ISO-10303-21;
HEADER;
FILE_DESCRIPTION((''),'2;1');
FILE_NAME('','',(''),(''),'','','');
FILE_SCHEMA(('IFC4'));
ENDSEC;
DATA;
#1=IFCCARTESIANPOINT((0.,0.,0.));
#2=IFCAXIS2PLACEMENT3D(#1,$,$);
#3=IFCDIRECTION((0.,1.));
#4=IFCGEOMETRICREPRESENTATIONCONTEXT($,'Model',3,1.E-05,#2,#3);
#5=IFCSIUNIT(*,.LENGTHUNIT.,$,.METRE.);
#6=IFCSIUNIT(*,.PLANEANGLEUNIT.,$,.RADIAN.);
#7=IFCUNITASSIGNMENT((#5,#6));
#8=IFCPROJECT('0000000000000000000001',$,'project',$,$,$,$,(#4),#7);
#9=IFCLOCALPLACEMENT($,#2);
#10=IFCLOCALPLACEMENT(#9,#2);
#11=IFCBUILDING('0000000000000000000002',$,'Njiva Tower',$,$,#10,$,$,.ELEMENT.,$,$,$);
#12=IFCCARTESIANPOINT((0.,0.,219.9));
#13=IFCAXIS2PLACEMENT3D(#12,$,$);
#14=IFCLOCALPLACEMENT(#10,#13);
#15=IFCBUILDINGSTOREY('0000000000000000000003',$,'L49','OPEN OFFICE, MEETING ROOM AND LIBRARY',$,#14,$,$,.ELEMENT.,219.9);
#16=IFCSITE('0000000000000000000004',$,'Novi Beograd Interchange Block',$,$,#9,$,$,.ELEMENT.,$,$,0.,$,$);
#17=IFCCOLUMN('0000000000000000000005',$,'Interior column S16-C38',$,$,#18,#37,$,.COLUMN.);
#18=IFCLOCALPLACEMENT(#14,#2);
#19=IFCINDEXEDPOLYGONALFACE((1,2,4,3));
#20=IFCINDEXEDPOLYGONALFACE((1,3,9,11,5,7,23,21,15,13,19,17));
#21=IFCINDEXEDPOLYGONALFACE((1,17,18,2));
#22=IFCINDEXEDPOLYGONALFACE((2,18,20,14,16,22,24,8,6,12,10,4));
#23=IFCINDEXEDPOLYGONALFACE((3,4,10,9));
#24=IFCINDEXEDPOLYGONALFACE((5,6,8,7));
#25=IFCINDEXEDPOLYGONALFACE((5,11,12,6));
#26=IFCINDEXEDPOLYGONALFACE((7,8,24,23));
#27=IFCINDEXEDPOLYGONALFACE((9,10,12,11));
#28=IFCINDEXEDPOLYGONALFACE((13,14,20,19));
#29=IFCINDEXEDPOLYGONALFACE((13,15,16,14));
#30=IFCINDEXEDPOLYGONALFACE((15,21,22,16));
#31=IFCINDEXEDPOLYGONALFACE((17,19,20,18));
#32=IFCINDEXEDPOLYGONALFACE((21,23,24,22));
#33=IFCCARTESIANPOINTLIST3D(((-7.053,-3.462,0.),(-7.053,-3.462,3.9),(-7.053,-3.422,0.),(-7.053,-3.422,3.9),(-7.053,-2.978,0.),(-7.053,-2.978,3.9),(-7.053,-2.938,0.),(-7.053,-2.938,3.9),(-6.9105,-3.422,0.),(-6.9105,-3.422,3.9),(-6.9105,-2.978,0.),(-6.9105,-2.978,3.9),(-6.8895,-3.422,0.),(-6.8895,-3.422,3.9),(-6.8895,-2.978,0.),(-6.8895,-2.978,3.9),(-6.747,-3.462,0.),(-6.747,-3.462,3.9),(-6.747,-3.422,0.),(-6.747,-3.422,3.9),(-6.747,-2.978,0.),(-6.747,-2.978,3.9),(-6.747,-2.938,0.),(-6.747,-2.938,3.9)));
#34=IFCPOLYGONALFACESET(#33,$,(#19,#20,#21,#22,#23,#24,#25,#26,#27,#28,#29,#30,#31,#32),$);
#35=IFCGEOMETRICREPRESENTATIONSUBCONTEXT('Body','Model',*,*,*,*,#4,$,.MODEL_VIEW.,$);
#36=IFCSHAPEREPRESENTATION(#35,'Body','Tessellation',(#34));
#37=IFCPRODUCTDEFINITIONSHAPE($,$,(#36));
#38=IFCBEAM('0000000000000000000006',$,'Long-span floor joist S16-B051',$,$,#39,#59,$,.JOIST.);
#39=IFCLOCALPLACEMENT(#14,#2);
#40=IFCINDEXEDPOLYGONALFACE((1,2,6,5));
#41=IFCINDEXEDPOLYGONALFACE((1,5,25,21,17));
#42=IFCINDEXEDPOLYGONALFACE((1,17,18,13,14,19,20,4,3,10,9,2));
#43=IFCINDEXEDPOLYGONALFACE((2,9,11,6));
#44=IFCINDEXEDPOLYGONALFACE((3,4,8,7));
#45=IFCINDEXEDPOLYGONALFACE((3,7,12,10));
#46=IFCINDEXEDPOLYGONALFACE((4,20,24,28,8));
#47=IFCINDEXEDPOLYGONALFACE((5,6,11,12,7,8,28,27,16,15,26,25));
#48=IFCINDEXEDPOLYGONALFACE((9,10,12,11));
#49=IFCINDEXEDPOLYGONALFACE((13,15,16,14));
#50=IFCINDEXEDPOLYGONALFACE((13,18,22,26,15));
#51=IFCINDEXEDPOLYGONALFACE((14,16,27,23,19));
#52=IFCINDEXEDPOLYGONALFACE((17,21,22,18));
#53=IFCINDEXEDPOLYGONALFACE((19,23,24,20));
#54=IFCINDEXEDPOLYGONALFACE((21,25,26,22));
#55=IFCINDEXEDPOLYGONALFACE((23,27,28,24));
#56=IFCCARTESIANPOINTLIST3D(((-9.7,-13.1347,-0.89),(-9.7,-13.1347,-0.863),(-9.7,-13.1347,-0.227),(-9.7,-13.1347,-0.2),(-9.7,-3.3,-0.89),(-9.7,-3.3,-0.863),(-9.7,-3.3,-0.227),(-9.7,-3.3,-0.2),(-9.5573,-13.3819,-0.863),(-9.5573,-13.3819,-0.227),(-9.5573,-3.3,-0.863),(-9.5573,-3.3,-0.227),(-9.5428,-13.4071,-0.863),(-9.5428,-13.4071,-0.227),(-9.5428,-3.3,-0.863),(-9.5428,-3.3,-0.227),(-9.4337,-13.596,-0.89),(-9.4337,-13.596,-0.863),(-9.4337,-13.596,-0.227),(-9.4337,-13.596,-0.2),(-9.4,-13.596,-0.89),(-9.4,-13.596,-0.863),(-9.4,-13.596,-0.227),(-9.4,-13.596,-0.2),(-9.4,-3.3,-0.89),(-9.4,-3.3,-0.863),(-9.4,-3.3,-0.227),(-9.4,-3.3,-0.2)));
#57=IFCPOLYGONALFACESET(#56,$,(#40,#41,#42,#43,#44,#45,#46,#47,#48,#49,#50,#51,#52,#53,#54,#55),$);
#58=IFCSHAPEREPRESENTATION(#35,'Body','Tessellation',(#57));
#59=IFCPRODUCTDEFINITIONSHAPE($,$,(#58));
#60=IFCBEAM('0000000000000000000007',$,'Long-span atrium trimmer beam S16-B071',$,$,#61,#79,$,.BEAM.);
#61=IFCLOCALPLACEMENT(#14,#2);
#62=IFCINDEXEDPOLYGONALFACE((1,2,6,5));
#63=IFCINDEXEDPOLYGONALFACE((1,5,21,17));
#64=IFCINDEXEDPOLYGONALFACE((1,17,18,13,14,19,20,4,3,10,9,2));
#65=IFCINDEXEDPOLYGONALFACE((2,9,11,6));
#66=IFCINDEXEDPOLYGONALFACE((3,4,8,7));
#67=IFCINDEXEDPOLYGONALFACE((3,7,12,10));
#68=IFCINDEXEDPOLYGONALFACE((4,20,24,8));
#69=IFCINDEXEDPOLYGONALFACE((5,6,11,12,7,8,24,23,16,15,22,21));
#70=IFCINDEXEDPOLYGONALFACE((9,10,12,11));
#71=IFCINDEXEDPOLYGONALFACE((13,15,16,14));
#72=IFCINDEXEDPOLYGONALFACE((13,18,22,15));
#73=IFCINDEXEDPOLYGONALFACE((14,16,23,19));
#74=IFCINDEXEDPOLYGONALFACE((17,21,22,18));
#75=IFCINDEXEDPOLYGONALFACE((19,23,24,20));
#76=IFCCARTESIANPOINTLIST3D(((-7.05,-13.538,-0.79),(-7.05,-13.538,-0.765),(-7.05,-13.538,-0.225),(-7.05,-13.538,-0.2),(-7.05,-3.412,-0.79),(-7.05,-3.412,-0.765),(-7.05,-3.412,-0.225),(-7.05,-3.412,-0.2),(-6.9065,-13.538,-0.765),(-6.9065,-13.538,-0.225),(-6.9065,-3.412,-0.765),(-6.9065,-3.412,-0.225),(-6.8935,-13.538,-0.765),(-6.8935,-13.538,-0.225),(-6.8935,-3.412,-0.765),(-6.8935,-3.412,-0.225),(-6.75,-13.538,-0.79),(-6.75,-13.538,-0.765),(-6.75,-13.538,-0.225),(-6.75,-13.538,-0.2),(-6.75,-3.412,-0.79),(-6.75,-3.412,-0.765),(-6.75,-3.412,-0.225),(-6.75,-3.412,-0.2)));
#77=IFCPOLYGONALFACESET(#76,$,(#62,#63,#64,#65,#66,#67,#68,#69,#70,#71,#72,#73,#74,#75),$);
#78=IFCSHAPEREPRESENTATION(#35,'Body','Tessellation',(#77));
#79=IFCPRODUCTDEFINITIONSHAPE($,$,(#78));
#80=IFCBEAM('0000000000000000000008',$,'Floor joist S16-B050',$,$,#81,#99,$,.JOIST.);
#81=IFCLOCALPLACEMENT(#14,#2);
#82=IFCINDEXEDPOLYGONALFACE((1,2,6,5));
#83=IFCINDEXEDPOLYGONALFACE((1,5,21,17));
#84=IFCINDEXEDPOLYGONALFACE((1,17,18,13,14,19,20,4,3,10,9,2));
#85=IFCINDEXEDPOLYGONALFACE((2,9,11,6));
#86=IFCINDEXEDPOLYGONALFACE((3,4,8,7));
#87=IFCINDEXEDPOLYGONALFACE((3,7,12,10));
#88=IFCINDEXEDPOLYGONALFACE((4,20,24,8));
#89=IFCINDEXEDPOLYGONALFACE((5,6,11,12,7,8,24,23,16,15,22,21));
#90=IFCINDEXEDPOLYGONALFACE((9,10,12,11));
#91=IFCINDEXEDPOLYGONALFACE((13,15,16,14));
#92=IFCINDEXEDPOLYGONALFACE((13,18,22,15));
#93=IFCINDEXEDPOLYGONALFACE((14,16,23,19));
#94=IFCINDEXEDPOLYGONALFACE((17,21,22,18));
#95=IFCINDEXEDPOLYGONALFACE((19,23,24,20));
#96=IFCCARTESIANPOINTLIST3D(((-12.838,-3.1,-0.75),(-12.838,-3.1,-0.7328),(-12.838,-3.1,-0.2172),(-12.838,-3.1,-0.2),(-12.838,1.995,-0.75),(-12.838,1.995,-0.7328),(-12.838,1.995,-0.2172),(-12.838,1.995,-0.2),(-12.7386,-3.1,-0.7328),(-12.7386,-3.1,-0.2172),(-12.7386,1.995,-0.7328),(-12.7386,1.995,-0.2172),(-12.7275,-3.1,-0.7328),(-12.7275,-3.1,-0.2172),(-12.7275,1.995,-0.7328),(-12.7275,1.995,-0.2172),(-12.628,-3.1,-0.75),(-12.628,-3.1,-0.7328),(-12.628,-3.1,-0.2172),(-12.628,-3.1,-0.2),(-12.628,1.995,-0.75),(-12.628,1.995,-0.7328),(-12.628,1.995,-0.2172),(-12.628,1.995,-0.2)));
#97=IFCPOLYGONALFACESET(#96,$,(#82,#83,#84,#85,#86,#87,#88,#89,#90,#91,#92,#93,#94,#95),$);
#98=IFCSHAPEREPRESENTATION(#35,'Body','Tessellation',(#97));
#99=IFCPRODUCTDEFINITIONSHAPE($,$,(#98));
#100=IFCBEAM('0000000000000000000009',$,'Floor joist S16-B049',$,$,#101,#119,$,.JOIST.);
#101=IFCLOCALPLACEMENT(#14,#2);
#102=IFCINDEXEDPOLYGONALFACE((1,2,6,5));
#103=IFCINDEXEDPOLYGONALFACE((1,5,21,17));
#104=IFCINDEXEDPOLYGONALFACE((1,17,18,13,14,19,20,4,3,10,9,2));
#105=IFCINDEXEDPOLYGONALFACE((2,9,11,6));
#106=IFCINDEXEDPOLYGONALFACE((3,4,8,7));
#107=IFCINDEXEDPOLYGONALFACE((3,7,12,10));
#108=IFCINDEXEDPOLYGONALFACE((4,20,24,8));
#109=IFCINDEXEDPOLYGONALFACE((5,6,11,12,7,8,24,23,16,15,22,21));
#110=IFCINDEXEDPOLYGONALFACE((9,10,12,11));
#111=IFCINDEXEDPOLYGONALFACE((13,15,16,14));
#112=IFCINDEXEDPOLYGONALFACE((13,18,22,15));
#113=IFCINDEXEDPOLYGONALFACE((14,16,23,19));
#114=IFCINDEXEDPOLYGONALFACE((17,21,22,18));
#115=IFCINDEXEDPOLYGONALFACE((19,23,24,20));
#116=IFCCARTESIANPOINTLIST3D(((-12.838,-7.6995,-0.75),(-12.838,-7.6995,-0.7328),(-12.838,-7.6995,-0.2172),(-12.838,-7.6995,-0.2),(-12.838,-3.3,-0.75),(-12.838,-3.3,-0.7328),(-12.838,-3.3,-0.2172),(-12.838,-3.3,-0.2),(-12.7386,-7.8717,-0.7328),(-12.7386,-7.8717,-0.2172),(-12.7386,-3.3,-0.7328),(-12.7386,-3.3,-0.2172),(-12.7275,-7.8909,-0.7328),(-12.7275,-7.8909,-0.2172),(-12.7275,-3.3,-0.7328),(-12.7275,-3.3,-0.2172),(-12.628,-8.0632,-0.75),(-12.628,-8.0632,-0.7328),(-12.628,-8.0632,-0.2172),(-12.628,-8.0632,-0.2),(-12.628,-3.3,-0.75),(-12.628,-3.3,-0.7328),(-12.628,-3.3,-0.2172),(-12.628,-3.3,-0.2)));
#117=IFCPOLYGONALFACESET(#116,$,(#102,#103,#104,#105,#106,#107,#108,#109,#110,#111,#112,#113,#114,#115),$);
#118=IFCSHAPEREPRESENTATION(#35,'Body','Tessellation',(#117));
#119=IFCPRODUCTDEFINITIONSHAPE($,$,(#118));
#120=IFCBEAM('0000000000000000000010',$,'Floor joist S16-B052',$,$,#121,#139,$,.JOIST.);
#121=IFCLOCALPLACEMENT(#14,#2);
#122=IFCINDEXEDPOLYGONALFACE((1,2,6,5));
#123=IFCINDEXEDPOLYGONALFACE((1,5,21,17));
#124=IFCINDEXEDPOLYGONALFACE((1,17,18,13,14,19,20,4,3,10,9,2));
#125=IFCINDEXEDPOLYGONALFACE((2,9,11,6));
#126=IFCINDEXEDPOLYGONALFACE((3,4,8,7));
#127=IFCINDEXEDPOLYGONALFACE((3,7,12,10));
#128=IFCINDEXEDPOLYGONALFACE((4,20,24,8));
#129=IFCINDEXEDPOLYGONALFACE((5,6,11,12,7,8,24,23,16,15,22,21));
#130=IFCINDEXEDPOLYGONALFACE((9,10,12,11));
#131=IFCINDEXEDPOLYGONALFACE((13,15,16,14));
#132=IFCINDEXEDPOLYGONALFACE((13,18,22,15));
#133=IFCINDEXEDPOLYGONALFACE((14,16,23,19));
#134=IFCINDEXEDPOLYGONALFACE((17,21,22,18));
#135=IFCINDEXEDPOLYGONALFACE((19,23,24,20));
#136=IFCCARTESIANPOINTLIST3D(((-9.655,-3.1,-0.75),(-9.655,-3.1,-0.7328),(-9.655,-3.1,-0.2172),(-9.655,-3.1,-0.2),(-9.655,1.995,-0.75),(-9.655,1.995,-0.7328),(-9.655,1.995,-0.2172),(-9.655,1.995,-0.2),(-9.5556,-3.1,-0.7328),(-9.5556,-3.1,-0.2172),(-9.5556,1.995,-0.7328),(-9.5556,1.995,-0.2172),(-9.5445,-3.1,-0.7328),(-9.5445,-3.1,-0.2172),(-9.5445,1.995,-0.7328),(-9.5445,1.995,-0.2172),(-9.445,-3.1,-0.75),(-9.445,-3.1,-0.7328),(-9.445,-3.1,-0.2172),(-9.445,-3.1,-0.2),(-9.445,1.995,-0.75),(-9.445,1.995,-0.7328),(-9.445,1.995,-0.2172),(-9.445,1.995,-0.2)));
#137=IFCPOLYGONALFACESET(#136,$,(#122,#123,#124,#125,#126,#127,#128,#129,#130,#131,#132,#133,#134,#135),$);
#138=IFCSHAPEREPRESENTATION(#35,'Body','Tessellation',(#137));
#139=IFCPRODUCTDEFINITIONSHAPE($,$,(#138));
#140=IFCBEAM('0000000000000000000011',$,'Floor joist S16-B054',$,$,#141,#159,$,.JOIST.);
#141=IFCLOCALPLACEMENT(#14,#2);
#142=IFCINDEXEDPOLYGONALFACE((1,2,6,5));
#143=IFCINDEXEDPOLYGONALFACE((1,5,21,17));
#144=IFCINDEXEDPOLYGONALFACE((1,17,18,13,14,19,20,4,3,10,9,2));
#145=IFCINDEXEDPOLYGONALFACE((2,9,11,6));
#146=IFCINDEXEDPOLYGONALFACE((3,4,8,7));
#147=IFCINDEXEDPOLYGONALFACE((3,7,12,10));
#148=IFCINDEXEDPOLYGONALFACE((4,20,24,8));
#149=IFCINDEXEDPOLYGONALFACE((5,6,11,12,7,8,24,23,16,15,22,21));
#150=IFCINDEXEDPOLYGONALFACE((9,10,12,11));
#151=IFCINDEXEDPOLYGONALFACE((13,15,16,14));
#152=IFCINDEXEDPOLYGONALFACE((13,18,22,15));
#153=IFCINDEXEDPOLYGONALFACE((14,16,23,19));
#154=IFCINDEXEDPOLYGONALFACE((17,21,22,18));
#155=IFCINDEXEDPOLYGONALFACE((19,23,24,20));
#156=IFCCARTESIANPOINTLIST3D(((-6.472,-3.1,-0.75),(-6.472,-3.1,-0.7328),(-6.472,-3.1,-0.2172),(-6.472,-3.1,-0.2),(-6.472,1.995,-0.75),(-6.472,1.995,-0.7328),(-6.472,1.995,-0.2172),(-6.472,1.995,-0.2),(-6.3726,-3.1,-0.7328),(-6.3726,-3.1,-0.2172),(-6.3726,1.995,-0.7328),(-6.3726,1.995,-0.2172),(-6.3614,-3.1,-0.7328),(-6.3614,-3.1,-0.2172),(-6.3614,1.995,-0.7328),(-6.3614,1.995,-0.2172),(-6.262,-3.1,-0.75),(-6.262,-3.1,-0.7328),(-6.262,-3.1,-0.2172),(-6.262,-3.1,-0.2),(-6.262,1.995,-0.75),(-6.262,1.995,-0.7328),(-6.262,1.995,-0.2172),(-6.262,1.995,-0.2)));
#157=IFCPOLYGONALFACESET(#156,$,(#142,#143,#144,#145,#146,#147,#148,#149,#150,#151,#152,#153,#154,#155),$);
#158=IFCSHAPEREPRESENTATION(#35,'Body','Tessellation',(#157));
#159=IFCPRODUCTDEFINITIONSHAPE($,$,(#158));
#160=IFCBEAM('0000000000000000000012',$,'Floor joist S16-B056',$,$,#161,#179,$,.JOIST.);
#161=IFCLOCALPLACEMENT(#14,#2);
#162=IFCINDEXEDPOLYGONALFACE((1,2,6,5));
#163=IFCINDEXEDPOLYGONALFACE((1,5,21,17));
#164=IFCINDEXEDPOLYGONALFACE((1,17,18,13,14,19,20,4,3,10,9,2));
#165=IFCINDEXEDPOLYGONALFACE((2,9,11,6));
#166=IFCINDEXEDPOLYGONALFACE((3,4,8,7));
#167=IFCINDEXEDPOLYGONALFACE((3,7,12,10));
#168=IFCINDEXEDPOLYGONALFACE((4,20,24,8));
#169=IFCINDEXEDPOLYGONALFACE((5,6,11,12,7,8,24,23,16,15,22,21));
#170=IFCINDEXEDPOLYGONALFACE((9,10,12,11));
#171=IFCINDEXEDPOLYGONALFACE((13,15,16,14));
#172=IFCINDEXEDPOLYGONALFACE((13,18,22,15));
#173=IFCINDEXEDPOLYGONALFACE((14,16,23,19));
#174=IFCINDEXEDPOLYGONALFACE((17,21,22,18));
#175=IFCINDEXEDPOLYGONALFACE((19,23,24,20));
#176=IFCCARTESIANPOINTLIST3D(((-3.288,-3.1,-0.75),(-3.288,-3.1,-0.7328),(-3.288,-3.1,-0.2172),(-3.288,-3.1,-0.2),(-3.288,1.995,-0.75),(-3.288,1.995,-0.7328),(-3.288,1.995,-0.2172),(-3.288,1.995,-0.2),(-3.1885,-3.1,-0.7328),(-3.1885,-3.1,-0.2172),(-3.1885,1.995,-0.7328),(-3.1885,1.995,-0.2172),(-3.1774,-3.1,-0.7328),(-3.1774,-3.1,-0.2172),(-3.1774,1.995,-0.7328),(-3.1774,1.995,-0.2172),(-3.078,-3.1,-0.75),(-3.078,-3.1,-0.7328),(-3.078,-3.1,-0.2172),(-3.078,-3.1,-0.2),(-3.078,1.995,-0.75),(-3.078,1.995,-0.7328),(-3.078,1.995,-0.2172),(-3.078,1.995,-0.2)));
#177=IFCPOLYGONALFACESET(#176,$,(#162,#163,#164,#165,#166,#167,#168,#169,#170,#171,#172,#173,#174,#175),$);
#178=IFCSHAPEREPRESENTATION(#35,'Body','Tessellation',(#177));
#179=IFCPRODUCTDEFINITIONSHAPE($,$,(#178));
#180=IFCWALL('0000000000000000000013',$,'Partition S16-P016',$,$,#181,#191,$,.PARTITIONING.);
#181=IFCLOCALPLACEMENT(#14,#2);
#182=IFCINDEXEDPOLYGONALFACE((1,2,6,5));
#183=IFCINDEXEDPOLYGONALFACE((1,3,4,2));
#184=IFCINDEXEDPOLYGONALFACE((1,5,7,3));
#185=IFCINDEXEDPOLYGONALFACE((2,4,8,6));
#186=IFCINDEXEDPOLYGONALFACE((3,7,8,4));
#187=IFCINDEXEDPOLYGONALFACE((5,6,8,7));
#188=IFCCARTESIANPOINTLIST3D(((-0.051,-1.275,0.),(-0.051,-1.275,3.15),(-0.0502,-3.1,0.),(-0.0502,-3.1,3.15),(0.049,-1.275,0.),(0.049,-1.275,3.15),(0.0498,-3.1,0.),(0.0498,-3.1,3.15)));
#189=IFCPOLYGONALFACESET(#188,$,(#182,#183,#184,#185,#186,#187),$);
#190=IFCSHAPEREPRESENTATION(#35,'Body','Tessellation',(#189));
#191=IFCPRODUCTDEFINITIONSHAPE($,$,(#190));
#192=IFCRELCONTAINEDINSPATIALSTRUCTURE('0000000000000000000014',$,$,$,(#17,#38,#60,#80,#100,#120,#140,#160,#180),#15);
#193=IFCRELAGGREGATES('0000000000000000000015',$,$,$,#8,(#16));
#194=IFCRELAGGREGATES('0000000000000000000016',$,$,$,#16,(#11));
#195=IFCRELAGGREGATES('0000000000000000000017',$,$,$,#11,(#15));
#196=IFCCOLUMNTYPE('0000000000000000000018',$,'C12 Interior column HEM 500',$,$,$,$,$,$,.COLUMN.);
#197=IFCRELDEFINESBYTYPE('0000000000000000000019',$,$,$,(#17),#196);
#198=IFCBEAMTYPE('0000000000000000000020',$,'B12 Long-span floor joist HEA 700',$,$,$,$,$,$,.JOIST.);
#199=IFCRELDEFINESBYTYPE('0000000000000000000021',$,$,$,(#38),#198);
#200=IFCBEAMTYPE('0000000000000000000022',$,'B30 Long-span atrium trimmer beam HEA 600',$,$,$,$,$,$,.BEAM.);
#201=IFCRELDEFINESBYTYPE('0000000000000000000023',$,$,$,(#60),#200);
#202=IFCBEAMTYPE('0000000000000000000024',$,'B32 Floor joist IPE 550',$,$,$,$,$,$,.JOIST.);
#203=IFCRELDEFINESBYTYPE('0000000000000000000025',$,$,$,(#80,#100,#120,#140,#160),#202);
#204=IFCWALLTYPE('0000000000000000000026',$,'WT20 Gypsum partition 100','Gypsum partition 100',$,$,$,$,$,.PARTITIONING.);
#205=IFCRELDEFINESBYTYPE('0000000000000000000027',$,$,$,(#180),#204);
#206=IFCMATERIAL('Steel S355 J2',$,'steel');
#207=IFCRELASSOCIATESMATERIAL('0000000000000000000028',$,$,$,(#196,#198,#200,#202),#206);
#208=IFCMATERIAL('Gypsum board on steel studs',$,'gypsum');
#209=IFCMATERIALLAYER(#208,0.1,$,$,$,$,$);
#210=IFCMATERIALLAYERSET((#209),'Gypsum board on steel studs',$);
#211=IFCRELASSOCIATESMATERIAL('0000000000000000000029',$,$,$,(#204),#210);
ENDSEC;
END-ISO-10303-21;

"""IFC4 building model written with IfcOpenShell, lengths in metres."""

from ifc_helpers import new_model, si_unit, direction, frame, frame_2d, origin, origin_2d, place, context, subcontext, project, spatial, rectangle, i_section, extrude, clip, halfspace, material, layer, layer_set, material_profile, profile_set, type_object, element, save


model = new_model("IFC4")

# Units and contexts
model_context = context("Model", 3, precision=1e-05, world=origin(), true_north=direction((0.0, 1.0)))
body_context = subcontext(model_context, "Body", "Model", "MODEL_VIEW")
ifc_project = project(units=[si_unit("LENGTHUNIT", "METRE"), si_unit("PLANEANGLEUNIT", "RADIAN")], contexts=[model_context])

# Site, building, storey
site_placement = place(None, origin())
site = spatial("IfcSite", under=ifc_project, at=site_placement, Name="Novi Beograd Interchange Block", CompositionType="ELEMENT", RefElevation=0.0)
building_placement = place(site_placement, origin())
building = spatial("IfcBuilding", under=site, at=building_placement, Name="Njiva Tower", CompositionType="ELEMENT")
storey_placement = place(building_placement, frame((0.0, 0.0, 219.9)))
storey = spatial("IfcBuildingStorey", under=building, at=storey_placement, Name="L49", Description="OPEN OFFICE, MEETING ROOM AND LIBRARY", CompositionType="ELEMENT", Elevation=219.9)

# Column
ifc_material_1 = material(Name="Steel S355 J2", Category="steel")
ifc_material_profile_1 = material_profile(ifc_material_1, i_section(OverallWidth=0.306, OverallDepth=0.524, WebThickness=0.021, FlangeThickness=0.04, at=origin_2d()), Name="HEM 500")
ifc_profile_set_1 = profile_set([ifc_material_profile_1], Name="Steel S355 J2")
column_type = type_object("IfcColumnType", Name="C12 Interior column HEM 500", PredefinedType="COLUMN", material=ifc_profile_set_1)
column_placement = place(storey_placement, frame((-6.9, -3.2, 0.0), z_axis=(0.0, 0.0, 1.0), x_axis=(1.0, 0.0, 0.0)))
element("IfcColumn", 1, at=column_placement, inside=storey, type_object=column_type, Name="Interior column S16-C38", PredefinedType="COLUMN", context=body_context, shape_type="SweptSolid", body=[
    extrude(i_section(OverallWidth=0.306, OverallDepth=0.524, WebThickness=0.021, FlangeThickness=0.04, at=origin_2d()), origin(), (0.0, 0.0, 1.0), 3.9),
])

# Beams
ifc_material_profile_2 = material_profile(ifc_material_1, i_section(OverallWidth=0.3, OverallDepth=0.69, WebThickness=0.0145, FlangeThickness=0.027, at=origin_2d()), Name="HEA 700")
ifc_profile_set_2 = profile_set([ifc_material_profile_2], Name="Steel S355 J2")
beam_type_1 = type_object("IfcBeamType", Name="B12 Long-span floor joist HEA 700", PredefinedType="JOIST", material=ifc_profile_set_2)
beam_1_placement = place(storey_placement, frame((-9.55, -3.3, -0.545), z_axis=(0.0, -1.0, 0.0), x_axis=(1.0, 0.0, 0.0)))
element("IfcBeam", 2, at=beam_1_placement, inside=storey, type_object=beam_type_1, Name="Long-span floor joist S16-B051", PredefinedType="JOIST", context=body_context, shape_type="Clipping", body=[
    clip(extrude(i_section(OverallWidth=0.3, OverallDepth=0.69, WebThickness=0.0145, FlangeThickness=0.027, at=origin_2d()), origin(), (0.0, 0.0, 1.0), 10.296), halfspace(frame((-0.0433, 0.0, 10.0195), z_axis=(-0.866027, 0.0, 0.499998), x_axis=(0.0, 1.0, 0.0)), False)),
])
ifc_material_profile_3 = material_profile(ifc_material_1, i_section(OverallWidth=0.3, OverallDepth=0.59, WebThickness=0.013, FlangeThickness=0.025, at=origin_2d()), Name="HEA 600")
ifc_profile_set_3 = profile_set([ifc_material_profile_3], Name="Steel S355 J2")
beam_type_2 = type_object("IfcBeamType", Name="B30 Long-span atrium trimmer beam HEA 600", PredefinedType="BEAM", material=ifc_profile_set_3)
beam_2_placement = place(storey_placement, frame((-6.9, -3.412, -0.495), z_axis=(0.0, -1.0, 0.0), x_axis=(1.0, 0.0, 0.0)))
element("IfcBeam", 3, at=beam_2_placement, inside=storey, type_object=beam_type_2, Name="Long-span atrium trimmer beam S16-B071", PredefinedType="BEAM", context=body_context, shape_type="SweptSolid", body=[
    extrude(i_section(OverallWidth=0.3, OverallDepth=0.59, WebThickness=0.013, FlangeThickness=0.025, at=origin_2d()), origin(), (0.0, 0.0, 1.0), 10.126),
])
ifc_material_profile_4 = material_profile(ifc_material_1, i_section(OverallWidth=0.21, OverallDepth=0.55, WebThickness=0.0111, FlangeThickness=0.0172, at=origin_2d()), Name="IPE 550")
ifc_profile_set_4 = profile_set([ifc_material_profile_4], Name="Steel S355 J2")
beam_type_3 = type_object("IfcBeamType", Name="B32 Floor joist IPE 550", PredefinedType="JOIST", material=ifc_profile_set_4)
beam_3_placement = place(storey_placement, frame((-12.733, 1.995, -0.475), z_axis=(0.0, -1.0, 0.0), x_axis=(1.0, 0.0, 0.0)))
element("IfcBeam", 4, at=beam_3_placement, inside=storey, type_object=beam_type_3, Name="Floor joist S16-B050", PredefinedType="JOIST", context=body_context, shape_type="SweptSolid", body=[
    extrude(i_section(OverallWidth=0.21, OverallDepth=0.55, WebThickness=0.0111, FlangeThickness=0.0172, at=origin_2d()), origin(), (0.0, 0.0, 1.0), 5.095),
])
beam_4_placement = place(storey_placement, frame((-12.733, -3.3, -0.475), z_axis=(0.0, -1.0, 0.0), x_axis=(1.0, 0.0, 0.0)))
element("IfcBeam", 5, at=beam_4_placement, inside=storey, type_object=beam_type_3, Name="Floor joist S16-B049", PredefinedType="JOIST", context=body_context, shape_type="Clipping", body=[
    clip(extrude(i_section(OverallWidth=0.21, OverallDepth=0.55, WebThickness=0.0111, FlangeThickness=0.0172, at=origin_2d()), origin(), (0.0, 0.0, 1.0), 4.783), halfspace(frame((-0.0436, 0.0, 4.5058), z_axis=(-0.866027, 0.0, 0.499998), x_axis=(0.0, 1.0, 0.0)), False)),
])
for number, where, z_axis, x_axis, name in (
    (6, (-9.55, 1.995, -0.475), (0.0, -1.0, 0.0), (1.0, 0.0, 0.0), "Floor joist S16-B052"),
    (7, (-6.367, 1.995, -0.475), (0.0, -1.0, 0.0), (1.0, 0.0, 0.0), "Floor joist S16-B054"),
    (8, (-3.183, 1.995, -0.475), (0.0, -1.0, 0.0), (1.0, 0.0, 0.0), "Floor joist S16-B056"),
):
    element("IfcBeam", number, at=place(storey_placement, frame(where, z_axis=z_axis, x_axis=x_axis)), inside=storey, type_object=beam_type_3, Name=name, PredefinedType="JOIST", context=body_context, shape_type="SweptSolid", body=[
        extrude(i_section(OverallWidth=0.21, OverallDepth=0.55, WebThickness=0.0111, FlangeThickness=0.0172, at=origin_2d()), origin(), (0.0, 0.0, 1.0), 5.095),
    ])

# Wall
ifc_material_2 = material(Name="Gypsum board on steel studs", Category="gypsum")
ifc_layer_1 = layer(ifc_material_2, 0.1)
ifc_layer_set_1 = layer_set([ifc_layer_1], Name="Gypsum board on steel studs")
wall_type_1 = type_object("IfcWallType", Name="WT20 Gypsum partition 100", Description="Gypsum partition 100", PredefinedType="PARTITIONING", material=ifc_layer_set_1)
wall_1_placement = place(storey_placement, frame((-0.001, -1.275, 0.0), z_axis=(0.0, 0.0, 1.0), x_axis=(0.000438, -1.0, 0.0)))
element("IfcWall", 9, at=wall_1_placement, inside=storey, type_object=wall_type_1, Name="Partition S16-P016", PredefinedType="PARTITIONING", context=body_context, shape_type="SweptSolid", body=[
    extrude(rectangle(XDim=1.825, YDim=0.1, at=frame_2d((0.9125, 0.0))), origin(), (0.0, 0.0, 1.0), 3.15),
])

save(model, "model.ifc")
